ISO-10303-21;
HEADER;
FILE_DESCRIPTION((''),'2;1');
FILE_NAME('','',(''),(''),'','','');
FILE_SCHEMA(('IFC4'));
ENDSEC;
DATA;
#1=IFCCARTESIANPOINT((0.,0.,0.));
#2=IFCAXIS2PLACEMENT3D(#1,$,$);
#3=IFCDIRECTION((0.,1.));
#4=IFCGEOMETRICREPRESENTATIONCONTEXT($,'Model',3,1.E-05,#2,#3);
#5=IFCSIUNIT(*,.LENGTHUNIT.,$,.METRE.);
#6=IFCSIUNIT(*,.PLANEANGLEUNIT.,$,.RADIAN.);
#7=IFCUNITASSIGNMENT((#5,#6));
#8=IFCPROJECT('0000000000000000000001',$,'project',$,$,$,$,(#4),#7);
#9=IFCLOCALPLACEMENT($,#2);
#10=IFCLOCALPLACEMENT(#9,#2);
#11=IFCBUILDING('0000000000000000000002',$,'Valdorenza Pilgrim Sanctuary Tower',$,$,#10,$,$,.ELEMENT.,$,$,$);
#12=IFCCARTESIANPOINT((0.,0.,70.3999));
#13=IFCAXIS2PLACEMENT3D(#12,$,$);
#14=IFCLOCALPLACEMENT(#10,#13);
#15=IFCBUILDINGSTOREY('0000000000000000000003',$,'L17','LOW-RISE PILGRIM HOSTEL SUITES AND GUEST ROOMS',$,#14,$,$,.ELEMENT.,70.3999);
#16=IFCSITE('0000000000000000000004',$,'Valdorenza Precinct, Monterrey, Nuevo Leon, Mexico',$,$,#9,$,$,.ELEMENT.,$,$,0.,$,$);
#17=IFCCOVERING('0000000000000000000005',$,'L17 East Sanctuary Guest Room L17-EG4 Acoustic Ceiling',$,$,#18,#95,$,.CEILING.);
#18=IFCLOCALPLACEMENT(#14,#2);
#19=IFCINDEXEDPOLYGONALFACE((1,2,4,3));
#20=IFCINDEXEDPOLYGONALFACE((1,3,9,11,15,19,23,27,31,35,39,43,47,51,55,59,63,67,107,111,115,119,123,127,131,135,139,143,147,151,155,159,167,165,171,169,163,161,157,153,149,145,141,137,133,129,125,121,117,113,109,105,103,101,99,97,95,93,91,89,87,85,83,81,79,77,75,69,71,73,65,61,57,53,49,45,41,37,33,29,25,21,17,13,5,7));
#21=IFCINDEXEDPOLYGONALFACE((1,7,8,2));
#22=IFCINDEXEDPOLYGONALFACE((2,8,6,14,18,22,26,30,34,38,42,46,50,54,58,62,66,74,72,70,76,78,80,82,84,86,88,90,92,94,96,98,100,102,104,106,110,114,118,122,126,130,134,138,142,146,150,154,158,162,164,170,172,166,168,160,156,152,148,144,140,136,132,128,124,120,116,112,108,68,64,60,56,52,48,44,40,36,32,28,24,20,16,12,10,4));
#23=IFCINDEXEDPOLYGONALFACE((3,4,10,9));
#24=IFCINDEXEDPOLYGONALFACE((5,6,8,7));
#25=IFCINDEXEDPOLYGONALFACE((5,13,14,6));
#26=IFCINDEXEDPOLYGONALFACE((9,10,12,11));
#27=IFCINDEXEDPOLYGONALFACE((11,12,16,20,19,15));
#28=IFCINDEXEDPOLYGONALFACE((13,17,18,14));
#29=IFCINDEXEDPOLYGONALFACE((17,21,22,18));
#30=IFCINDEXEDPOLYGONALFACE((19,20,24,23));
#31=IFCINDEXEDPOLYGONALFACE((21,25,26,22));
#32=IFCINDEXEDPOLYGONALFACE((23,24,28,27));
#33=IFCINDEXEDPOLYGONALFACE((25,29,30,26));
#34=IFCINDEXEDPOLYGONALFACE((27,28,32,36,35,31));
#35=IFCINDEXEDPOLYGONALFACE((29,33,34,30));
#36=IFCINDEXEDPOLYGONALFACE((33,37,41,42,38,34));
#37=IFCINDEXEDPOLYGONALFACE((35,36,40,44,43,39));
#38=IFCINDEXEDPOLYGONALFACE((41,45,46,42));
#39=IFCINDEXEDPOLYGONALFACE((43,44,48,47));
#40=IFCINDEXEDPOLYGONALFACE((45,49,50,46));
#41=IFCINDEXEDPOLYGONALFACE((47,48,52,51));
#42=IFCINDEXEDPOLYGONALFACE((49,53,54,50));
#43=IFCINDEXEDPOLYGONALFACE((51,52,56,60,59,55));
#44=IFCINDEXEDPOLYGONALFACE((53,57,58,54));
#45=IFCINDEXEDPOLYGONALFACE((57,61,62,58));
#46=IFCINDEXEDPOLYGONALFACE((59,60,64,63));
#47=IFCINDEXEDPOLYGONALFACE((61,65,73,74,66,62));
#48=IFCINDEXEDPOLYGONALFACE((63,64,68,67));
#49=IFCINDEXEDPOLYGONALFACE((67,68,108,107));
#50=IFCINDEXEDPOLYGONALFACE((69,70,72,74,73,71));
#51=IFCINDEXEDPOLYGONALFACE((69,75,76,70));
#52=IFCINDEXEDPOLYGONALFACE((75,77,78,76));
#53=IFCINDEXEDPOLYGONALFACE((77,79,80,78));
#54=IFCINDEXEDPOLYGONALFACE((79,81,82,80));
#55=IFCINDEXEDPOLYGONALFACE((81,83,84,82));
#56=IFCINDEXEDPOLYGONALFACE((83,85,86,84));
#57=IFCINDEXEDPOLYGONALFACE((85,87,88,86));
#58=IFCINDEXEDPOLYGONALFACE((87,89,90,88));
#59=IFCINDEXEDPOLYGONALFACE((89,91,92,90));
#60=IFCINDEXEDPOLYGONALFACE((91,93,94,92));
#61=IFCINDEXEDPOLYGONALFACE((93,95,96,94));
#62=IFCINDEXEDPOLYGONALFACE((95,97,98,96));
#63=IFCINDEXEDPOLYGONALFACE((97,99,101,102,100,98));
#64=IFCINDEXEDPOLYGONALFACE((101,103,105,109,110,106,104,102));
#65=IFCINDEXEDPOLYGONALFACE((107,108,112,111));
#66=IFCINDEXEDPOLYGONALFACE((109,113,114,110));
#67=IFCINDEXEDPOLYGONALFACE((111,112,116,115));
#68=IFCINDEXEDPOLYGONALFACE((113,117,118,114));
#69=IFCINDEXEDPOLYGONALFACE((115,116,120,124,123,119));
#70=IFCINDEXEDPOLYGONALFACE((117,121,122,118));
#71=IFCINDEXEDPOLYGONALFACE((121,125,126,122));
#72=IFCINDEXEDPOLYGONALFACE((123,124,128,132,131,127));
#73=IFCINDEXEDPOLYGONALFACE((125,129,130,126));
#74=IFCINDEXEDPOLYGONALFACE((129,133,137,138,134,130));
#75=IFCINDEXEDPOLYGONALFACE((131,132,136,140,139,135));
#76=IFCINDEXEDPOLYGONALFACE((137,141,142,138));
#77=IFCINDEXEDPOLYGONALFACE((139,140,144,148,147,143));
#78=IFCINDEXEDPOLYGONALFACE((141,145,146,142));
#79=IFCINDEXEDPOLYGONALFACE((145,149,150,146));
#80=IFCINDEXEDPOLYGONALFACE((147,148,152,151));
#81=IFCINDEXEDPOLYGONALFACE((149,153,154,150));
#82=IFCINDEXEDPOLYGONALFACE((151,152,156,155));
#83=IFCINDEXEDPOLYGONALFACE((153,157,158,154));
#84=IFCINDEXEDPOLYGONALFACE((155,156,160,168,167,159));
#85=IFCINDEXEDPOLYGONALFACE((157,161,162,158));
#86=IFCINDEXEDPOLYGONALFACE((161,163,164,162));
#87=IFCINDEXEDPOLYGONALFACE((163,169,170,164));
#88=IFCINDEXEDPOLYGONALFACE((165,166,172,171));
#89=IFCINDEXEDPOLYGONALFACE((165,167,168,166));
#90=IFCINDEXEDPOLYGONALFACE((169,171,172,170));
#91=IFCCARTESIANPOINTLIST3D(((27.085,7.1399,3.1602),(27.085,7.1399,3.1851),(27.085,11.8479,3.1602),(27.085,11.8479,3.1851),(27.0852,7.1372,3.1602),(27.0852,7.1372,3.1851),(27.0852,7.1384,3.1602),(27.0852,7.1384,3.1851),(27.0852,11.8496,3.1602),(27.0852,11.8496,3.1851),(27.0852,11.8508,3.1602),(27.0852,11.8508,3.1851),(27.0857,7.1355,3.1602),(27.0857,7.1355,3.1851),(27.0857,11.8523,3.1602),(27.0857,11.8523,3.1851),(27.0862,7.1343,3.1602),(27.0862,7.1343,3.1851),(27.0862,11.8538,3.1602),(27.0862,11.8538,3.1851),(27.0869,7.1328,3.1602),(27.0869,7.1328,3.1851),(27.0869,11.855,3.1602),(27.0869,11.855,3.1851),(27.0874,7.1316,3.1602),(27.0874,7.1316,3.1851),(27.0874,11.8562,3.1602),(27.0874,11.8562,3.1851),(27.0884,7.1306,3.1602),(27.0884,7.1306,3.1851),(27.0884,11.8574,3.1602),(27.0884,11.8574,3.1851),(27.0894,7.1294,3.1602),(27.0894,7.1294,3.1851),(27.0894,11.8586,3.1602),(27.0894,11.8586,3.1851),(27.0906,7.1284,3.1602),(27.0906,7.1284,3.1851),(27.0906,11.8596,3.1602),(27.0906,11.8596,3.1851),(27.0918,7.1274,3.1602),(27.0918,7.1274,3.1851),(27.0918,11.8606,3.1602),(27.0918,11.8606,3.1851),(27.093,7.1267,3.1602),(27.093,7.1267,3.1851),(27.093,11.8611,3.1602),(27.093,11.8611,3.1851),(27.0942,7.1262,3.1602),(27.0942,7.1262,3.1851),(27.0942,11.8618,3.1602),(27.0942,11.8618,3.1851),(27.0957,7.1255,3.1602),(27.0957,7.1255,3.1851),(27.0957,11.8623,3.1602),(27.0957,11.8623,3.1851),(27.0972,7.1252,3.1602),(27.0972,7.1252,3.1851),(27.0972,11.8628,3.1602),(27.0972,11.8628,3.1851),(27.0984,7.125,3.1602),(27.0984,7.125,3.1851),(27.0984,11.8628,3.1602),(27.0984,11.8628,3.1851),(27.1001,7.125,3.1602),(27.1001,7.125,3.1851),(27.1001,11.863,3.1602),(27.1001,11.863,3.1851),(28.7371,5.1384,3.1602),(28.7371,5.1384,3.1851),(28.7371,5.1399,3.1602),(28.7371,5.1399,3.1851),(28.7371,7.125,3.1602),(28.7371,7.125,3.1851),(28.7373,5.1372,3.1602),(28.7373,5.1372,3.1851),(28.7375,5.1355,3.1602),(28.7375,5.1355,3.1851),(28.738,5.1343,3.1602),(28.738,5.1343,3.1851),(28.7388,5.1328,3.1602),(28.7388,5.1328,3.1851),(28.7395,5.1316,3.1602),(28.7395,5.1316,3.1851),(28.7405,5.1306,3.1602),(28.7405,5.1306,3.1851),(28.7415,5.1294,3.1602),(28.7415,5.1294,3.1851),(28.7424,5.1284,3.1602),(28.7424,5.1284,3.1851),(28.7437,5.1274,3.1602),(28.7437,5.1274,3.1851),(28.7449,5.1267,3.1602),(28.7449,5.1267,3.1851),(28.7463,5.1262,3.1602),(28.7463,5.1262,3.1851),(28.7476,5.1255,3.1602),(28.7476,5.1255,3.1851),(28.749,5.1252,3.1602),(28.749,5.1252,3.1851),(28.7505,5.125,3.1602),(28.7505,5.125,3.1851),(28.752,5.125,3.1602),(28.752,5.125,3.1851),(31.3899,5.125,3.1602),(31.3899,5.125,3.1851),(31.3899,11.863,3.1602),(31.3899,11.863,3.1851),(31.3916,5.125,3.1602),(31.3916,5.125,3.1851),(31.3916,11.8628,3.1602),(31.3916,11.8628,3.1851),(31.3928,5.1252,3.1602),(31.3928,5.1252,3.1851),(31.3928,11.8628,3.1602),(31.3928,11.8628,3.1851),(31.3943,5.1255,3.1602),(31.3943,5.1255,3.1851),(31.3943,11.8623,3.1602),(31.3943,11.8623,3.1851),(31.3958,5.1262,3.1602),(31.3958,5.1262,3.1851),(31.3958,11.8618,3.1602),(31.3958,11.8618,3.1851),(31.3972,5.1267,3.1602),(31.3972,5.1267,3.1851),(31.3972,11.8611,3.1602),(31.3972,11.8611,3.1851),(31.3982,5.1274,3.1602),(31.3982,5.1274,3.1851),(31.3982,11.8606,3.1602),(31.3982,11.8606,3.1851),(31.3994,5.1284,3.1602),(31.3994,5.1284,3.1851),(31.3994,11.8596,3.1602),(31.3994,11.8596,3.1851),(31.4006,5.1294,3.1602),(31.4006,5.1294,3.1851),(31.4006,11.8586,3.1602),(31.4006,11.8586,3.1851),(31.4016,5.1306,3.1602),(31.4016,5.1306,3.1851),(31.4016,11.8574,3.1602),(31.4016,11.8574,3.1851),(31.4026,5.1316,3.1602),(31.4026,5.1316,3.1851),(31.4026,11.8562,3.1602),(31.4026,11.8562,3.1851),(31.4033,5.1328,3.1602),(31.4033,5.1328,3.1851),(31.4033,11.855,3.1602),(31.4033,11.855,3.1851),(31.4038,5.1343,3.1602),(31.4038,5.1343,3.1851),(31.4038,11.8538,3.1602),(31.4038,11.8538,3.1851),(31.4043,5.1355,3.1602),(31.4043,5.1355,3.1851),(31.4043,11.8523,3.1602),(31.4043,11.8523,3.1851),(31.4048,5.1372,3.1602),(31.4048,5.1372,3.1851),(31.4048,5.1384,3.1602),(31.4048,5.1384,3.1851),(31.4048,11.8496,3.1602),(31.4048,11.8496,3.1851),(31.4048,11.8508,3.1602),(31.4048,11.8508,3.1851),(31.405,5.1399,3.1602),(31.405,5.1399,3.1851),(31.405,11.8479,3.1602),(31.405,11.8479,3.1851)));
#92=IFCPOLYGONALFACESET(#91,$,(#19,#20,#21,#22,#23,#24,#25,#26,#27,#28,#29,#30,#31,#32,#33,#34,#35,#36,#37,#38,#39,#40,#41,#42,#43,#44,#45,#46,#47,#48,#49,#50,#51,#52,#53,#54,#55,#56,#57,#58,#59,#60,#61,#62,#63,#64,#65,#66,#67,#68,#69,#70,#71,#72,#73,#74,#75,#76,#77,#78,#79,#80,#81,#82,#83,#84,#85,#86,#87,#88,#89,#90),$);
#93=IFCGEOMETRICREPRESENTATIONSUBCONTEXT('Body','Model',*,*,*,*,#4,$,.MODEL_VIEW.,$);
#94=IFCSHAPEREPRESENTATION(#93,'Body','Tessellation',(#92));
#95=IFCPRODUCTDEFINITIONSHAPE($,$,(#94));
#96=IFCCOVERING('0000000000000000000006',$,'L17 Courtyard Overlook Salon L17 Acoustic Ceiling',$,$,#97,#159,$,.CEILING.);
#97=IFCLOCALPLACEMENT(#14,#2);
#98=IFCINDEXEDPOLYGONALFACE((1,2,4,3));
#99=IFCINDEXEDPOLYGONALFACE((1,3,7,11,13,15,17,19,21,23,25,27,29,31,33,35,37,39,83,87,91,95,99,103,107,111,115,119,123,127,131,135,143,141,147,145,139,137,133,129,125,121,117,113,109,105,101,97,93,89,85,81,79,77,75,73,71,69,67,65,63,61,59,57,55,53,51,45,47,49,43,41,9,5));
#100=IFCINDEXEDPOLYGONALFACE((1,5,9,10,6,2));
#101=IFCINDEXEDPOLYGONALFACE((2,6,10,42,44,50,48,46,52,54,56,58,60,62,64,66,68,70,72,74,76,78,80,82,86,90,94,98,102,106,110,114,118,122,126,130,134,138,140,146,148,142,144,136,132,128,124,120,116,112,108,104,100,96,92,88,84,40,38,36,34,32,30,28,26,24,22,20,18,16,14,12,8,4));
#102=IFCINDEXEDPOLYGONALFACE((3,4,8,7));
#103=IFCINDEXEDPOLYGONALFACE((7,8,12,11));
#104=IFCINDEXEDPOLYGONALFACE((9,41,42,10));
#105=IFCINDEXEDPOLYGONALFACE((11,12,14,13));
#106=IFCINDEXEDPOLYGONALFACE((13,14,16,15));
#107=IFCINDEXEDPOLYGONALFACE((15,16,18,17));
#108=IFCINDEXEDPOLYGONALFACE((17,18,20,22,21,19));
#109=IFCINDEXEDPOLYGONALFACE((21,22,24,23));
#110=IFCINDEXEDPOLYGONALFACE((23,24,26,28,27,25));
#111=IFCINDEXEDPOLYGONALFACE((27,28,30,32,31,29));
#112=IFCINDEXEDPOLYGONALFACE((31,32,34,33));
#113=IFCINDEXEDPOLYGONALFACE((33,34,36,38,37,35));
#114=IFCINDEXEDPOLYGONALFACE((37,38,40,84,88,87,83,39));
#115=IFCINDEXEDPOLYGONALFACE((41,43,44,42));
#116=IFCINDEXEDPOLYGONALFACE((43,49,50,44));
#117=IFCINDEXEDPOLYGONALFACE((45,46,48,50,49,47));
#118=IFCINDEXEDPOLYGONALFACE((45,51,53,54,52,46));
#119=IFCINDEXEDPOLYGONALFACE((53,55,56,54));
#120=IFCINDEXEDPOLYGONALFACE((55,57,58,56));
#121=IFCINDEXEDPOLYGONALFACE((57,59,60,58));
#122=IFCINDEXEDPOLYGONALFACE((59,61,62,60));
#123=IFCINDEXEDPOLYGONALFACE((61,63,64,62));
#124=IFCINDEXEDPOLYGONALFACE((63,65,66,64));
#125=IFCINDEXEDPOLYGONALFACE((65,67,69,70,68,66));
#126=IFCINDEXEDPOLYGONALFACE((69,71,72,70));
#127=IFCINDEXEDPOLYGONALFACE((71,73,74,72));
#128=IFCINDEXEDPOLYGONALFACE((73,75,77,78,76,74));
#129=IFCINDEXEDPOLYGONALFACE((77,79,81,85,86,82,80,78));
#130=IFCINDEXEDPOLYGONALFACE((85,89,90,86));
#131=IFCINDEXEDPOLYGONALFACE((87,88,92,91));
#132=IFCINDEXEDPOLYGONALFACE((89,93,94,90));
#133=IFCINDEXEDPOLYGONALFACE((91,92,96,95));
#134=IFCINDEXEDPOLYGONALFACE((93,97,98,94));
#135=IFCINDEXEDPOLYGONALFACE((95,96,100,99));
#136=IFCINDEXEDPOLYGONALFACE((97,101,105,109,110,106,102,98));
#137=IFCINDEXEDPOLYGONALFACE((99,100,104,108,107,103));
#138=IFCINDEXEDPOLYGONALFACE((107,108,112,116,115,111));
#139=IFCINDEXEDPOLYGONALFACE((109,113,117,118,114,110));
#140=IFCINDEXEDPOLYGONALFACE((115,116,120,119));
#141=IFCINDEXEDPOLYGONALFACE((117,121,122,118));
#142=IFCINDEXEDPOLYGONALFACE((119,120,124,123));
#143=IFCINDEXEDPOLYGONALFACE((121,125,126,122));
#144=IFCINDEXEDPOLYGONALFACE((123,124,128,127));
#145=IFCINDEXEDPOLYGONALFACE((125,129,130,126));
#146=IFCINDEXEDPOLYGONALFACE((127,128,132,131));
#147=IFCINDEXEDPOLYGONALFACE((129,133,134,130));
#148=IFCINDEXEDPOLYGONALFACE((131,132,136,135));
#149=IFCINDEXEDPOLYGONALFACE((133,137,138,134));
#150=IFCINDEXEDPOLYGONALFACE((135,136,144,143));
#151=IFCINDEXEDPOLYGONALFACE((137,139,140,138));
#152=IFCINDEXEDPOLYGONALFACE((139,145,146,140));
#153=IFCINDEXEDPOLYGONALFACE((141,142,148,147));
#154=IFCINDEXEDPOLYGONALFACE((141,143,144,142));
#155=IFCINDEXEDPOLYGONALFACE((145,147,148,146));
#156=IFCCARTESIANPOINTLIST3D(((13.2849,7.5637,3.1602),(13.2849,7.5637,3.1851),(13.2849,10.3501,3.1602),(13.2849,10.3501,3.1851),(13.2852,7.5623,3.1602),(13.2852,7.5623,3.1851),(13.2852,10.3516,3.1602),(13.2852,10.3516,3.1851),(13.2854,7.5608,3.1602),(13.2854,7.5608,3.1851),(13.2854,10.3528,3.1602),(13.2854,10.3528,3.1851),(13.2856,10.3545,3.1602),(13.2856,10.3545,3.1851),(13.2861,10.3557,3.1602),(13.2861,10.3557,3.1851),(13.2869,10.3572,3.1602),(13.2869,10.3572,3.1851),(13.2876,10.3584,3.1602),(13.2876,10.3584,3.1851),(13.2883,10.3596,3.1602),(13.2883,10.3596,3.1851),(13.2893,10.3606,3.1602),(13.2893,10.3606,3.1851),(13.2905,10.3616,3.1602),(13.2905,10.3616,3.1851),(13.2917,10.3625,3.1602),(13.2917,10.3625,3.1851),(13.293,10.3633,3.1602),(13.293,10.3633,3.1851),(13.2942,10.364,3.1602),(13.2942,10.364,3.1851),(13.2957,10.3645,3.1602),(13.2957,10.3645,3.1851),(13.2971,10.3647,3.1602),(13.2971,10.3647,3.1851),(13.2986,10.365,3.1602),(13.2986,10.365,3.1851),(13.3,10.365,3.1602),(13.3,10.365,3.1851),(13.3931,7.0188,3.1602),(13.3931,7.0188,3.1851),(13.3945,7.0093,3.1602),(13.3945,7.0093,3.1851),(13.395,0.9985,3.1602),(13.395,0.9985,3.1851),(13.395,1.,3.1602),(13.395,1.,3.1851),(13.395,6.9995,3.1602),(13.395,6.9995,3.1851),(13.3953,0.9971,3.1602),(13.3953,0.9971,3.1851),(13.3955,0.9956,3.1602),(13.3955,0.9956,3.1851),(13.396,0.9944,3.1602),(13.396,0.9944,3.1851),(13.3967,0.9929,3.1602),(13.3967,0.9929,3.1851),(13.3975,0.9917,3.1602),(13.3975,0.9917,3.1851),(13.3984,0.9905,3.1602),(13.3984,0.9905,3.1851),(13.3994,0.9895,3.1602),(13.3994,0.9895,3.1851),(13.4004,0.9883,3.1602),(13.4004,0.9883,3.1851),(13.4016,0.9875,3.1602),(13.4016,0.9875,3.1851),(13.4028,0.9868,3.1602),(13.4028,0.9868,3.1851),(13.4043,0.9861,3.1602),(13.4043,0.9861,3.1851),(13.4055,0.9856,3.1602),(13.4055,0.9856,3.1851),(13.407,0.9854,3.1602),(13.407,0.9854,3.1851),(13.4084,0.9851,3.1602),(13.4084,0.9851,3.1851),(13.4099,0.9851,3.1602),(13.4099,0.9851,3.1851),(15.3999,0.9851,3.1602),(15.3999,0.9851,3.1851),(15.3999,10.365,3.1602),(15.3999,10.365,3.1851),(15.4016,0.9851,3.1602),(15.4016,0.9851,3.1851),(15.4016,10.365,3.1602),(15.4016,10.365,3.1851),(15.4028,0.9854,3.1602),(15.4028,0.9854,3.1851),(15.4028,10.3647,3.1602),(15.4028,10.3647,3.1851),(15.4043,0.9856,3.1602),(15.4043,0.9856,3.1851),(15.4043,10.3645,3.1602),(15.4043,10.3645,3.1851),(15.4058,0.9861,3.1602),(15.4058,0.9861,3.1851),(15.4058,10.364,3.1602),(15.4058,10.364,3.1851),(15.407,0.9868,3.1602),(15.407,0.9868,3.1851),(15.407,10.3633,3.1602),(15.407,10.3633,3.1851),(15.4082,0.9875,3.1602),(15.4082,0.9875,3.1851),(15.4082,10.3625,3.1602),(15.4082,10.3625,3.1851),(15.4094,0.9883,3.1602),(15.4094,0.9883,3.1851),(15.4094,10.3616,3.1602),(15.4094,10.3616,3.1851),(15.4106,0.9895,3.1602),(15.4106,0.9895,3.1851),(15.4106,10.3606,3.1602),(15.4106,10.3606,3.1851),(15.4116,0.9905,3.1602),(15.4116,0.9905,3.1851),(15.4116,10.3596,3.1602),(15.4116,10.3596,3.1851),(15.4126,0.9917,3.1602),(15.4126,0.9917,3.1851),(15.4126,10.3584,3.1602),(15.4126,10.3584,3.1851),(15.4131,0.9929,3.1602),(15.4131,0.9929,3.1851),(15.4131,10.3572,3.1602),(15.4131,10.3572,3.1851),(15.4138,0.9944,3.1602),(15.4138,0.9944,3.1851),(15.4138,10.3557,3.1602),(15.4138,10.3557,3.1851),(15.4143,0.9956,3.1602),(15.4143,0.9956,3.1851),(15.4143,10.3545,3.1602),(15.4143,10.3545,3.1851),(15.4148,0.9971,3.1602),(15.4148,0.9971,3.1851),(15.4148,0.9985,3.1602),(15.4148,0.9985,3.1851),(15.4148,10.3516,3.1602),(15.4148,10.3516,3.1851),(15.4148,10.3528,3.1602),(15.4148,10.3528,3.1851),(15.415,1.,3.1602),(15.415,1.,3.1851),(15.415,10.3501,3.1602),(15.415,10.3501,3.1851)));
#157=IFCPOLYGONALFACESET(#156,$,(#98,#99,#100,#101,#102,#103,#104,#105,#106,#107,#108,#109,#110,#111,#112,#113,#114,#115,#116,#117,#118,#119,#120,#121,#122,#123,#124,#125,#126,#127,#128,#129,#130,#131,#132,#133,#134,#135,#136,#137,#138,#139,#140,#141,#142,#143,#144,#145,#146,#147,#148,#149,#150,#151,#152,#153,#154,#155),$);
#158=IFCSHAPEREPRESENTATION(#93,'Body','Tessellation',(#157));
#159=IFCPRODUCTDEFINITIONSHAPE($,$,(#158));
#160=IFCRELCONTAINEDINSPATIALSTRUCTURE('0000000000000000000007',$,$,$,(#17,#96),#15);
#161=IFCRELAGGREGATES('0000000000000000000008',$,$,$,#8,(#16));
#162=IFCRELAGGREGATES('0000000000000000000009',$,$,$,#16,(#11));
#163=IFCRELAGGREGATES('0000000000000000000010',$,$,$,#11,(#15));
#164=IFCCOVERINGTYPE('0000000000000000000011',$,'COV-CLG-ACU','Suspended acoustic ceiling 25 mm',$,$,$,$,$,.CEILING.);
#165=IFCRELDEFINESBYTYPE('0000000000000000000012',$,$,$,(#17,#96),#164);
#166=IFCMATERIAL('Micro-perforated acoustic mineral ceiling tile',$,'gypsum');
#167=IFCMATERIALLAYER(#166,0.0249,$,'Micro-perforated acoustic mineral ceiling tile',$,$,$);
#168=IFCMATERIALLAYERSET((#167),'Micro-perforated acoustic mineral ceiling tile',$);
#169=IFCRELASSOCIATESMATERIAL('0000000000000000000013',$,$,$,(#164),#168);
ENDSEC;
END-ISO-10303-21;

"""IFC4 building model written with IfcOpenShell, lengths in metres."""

from ifc_helpers import new_model, si_unit, direction, frame, origin, place, context, subcontext, project, spatial, polyline, outline, extrude, material, layer, layer_set, type_object, element, save


model = new_model("IFC4")

# Units and contexts
model_context = context("Model", 3, precision=1e-05, world=origin(), true_north=direction((0.0, 1.0)))
body_context = subcontext(model_context, "Body", "Model", "MODEL_VIEW")
ifc_project = project(units=[si_unit("LENGTHUNIT", "METRE"), si_unit("PLANEANGLEUNIT", "RADIAN")], contexts=[model_context])

# Site, building, storey
site_placement = place(None, origin())
site = spatial("IfcSite", under=ifc_project, at=site_placement, Name="Valdorenza Precinct, Monterrey, Nuevo Leon, Mexico", CompositionType="ELEMENT", RefElevation=0.0)
building_placement = place(site_placement, origin())
building = spatial("IfcBuilding", under=site, at=building_placement, Name="Valdorenza Pilgrim Sanctuary Tower", CompositionType="ELEMENT")
storey_placement = place(building_placement, frame((0.0, 0.0, 70.3999)))
storey = spatial("IfcBuildingStorey", under=building, at=storey_placement, Name="L17", Description="LOW-RISE PILGRIM HOSTEL SUITES AND GUEST ROOMS", CompositionType="ELEMENT", Elevation=70.3999)

# Coverings
ifc_material_1 = material(Name="Micro-perforated acoustic mineral ceiling tile", Category="gypsum")
ifc_layer_1 = layer(ifc_material_1, 0.0249, Name="Micro-perforated acoustic mineral ceiling tile")
ifc_layer_set_1 = layer_set([ifc_layer_1], Name="Micro-perforated acoustic mineral ceiling tile")
covering_type_1 = type_object("IfcCoveringType", Name="COV-CLG-ACU", Description="Suspended acoustic ceiling 25 mm", PredefinedType="CEILING", material=ifc_layer_set_1)
covering_1_placement = place(storey_placement, frame((0.0, 0.0, 3.1602)))
element("IfcCovering", 1, at=covering_1_placement, inside=storey, type_object=covering_type_1, Name="L17 East Sanctuary Guest Room L17-EG4 Acoustic Ceiling", PredefinedType="CEILING", context=body_context, shape_type="SweptSolid", body=[
    extrude(outline(polyline([(28.7371, 7.125), (27.1001, 7.125), (27.0984, 7.125), (27.0972, 7.1252), (27.0957, 7.1255), (27.0942, 7.1262), (27.093, 7.1267), (27.0918, 7.1274), (27.0906, 7.1284), (27.0894, 7.1294), (27.0884, 7.1306), (27.0874, 7.1316), (27.0869, 7.1328), (27.0862, 7.1343), (27.0857, 7.1355), (27.0852, 7.1372), (27.0852, 7.1384), (27.085, 7.1399), (27.085, 11.8479), (27.0852, 11.8496), (27.0852, 11.8508), (27.0857, 11.8523), (27.0862, 11.8538), (27.0869, 11.855), (27.0874, 11.8562), (27.0884, 11.8574), (27.0894, 11.8586), (27.0906, 11.8596), (27.0918, 11.8606), (27.093, 11.8611), (27.0942, 11.8618), (27.0957, 11.8623), (27.0972, 11.8628), (27.0984, 11.8628), (27.1001, 11.863), (31.3899, 11.863), (31.3916, 11.8628), (31.3928, 11.8628), (31.3943, 11.8623), (31.3958, 11.8618), (31.3972, 11.8611), (31.3982, 11.8606), (31.3994, 11.8596), (31.4006, 11.8586), (31.4016, 11.8574), (31.4026, 11.8562), (31.4033, 11.855), (31.4038, 11.8538), (31.4043, 11.8523), (31.4048, 11.8508), (31.4048, 11.8496), (31.405, 11.8479), (31.405, 5.1399), (31.4048, 5.1384), (31.4048, 5.1372), (31.4043, 5.1355), (31.4038, 5.1343), (31.4033, 5.1328), (31.4026, 5.1316), (31.4016, 5.1306), (31.4006, 5.1294), (31.3994, 5.1284), (31.3982, 5.1274), (31.3972, 5.1267), (31.3958, 5.1262), (31.3943, 5.1255), (31.3928, 5.1252), (31.3916, 5.125), (31.3899, 5.125), (28.752, 5.125), (28.7505, 5.125), (28.749, 5.1252), (28.7476, 5.1255), (28.7463, 5.1262), (28.7449, 5.1267), (28.7437, 5.1274), (28.7424, 5.1284), (28.7415, 5.1294), (28.7405, 5.1306), (28.7395, 5.1316), (28.7388, 5.1328), (28.738, 5.1343), (28.7375, 5.1355), (28.7373, 5.1372), (28.7371, 5.1384), (28.7371, 5.1399), (28.7371, 7.125)])), origin(), (0.0, 0.0, 1.0), 0.0249),
])
covering_2_placement = place(storey_placement, frame((0.0, 0.0, 3.1602)))
element("IfcCovering", 2, at=covering_2_placement, inside=storey, type_object=covering_type_1, Name="L17 Courtyard Overlook Salon L17 Acoustic Ceiling", PredefinedType="CEILING", context=body_context, shape_type="SweptSolid", body=[
    extrude(outline(polyline([(15.3999, 10.365), (15.4016, 10.365), (15.4028, 10.3647), (15.4043, 10.3645), (15.4058, 10.364), (15.407, 10.3633), (15.4082, 10.3625), (15.4094, 10.3616), (15.4106, 10.3606), (15.4116, 10.3596), (15.4126, 10.3584), (15.4131, 10.3572), (15.4138, 10.3557), (15.4143, 10.3545), (15.4148, 10.3528), (15.4148, 10.3516), (15.415, 10.3501), (15.415, 1.0), (15.4148, 0.9985), (15.4148, 0.9971), (15.4143, 0.9956), (15.4138, 0.9944), (15.4131, 0.9929), (15.4126, 0.9917), (15.4116, 0.9905), (15.4106, 0.9895), (15.4094, 0.9883), (15.4082, 0.9875), (15.407, 0.9868), (15.4058, 0.9861), (15.4043, 0.9856), (15.4028, 0.9854), (15.4016, 0.9851), (15.3999, 0.9851), (13.4099, 0.9851), (13.4084, 0.9851), (13.407, 0.9854), (13.4055, 0.9856), (13.4043, 0.9861), (13.4028, 0.9868), (13.4016, 0.9875), (13.4004, 0.9883), (13.3994, 0.9895), (13.3984, 0.9905), (13.3975, 0.9917), (13.3967, 0.9929), (13.396, 0.9944), (13.3955, 0.9956), (13.3953, 0.9971), (13.395, 0.9985), (13.395, 1.0), (13.395, 6.9995), (13.3945, 7.0093), (13.3931, 7.0188), (13.2854, 7.5608), (13.2852, 7.5623), (13.2849, 7.5637), (13.2849, 10.3501), (13.2852, 10.3516), (13.2854, 10.3528), (13.2856, 10.3545), (13.2861, 10.3557), (13.2869, 10.3572), (13.2876, 10.3584), (13.2883, 10.3596), (13.2893, 10.3606), (13.2905, 10.3616), (13.2917, 10.3625), (13.293, 10.3633), (13.2942, 10.364), (13.2957, 10.3645), (13.2971, 10.3647), (13.2986, 10.365), (13.3, 10.365), (15.3999, 10.365)])), origin(), (0.0, 0.0, 1.0), 0.0249),
])

save(model, "model.ifc")
